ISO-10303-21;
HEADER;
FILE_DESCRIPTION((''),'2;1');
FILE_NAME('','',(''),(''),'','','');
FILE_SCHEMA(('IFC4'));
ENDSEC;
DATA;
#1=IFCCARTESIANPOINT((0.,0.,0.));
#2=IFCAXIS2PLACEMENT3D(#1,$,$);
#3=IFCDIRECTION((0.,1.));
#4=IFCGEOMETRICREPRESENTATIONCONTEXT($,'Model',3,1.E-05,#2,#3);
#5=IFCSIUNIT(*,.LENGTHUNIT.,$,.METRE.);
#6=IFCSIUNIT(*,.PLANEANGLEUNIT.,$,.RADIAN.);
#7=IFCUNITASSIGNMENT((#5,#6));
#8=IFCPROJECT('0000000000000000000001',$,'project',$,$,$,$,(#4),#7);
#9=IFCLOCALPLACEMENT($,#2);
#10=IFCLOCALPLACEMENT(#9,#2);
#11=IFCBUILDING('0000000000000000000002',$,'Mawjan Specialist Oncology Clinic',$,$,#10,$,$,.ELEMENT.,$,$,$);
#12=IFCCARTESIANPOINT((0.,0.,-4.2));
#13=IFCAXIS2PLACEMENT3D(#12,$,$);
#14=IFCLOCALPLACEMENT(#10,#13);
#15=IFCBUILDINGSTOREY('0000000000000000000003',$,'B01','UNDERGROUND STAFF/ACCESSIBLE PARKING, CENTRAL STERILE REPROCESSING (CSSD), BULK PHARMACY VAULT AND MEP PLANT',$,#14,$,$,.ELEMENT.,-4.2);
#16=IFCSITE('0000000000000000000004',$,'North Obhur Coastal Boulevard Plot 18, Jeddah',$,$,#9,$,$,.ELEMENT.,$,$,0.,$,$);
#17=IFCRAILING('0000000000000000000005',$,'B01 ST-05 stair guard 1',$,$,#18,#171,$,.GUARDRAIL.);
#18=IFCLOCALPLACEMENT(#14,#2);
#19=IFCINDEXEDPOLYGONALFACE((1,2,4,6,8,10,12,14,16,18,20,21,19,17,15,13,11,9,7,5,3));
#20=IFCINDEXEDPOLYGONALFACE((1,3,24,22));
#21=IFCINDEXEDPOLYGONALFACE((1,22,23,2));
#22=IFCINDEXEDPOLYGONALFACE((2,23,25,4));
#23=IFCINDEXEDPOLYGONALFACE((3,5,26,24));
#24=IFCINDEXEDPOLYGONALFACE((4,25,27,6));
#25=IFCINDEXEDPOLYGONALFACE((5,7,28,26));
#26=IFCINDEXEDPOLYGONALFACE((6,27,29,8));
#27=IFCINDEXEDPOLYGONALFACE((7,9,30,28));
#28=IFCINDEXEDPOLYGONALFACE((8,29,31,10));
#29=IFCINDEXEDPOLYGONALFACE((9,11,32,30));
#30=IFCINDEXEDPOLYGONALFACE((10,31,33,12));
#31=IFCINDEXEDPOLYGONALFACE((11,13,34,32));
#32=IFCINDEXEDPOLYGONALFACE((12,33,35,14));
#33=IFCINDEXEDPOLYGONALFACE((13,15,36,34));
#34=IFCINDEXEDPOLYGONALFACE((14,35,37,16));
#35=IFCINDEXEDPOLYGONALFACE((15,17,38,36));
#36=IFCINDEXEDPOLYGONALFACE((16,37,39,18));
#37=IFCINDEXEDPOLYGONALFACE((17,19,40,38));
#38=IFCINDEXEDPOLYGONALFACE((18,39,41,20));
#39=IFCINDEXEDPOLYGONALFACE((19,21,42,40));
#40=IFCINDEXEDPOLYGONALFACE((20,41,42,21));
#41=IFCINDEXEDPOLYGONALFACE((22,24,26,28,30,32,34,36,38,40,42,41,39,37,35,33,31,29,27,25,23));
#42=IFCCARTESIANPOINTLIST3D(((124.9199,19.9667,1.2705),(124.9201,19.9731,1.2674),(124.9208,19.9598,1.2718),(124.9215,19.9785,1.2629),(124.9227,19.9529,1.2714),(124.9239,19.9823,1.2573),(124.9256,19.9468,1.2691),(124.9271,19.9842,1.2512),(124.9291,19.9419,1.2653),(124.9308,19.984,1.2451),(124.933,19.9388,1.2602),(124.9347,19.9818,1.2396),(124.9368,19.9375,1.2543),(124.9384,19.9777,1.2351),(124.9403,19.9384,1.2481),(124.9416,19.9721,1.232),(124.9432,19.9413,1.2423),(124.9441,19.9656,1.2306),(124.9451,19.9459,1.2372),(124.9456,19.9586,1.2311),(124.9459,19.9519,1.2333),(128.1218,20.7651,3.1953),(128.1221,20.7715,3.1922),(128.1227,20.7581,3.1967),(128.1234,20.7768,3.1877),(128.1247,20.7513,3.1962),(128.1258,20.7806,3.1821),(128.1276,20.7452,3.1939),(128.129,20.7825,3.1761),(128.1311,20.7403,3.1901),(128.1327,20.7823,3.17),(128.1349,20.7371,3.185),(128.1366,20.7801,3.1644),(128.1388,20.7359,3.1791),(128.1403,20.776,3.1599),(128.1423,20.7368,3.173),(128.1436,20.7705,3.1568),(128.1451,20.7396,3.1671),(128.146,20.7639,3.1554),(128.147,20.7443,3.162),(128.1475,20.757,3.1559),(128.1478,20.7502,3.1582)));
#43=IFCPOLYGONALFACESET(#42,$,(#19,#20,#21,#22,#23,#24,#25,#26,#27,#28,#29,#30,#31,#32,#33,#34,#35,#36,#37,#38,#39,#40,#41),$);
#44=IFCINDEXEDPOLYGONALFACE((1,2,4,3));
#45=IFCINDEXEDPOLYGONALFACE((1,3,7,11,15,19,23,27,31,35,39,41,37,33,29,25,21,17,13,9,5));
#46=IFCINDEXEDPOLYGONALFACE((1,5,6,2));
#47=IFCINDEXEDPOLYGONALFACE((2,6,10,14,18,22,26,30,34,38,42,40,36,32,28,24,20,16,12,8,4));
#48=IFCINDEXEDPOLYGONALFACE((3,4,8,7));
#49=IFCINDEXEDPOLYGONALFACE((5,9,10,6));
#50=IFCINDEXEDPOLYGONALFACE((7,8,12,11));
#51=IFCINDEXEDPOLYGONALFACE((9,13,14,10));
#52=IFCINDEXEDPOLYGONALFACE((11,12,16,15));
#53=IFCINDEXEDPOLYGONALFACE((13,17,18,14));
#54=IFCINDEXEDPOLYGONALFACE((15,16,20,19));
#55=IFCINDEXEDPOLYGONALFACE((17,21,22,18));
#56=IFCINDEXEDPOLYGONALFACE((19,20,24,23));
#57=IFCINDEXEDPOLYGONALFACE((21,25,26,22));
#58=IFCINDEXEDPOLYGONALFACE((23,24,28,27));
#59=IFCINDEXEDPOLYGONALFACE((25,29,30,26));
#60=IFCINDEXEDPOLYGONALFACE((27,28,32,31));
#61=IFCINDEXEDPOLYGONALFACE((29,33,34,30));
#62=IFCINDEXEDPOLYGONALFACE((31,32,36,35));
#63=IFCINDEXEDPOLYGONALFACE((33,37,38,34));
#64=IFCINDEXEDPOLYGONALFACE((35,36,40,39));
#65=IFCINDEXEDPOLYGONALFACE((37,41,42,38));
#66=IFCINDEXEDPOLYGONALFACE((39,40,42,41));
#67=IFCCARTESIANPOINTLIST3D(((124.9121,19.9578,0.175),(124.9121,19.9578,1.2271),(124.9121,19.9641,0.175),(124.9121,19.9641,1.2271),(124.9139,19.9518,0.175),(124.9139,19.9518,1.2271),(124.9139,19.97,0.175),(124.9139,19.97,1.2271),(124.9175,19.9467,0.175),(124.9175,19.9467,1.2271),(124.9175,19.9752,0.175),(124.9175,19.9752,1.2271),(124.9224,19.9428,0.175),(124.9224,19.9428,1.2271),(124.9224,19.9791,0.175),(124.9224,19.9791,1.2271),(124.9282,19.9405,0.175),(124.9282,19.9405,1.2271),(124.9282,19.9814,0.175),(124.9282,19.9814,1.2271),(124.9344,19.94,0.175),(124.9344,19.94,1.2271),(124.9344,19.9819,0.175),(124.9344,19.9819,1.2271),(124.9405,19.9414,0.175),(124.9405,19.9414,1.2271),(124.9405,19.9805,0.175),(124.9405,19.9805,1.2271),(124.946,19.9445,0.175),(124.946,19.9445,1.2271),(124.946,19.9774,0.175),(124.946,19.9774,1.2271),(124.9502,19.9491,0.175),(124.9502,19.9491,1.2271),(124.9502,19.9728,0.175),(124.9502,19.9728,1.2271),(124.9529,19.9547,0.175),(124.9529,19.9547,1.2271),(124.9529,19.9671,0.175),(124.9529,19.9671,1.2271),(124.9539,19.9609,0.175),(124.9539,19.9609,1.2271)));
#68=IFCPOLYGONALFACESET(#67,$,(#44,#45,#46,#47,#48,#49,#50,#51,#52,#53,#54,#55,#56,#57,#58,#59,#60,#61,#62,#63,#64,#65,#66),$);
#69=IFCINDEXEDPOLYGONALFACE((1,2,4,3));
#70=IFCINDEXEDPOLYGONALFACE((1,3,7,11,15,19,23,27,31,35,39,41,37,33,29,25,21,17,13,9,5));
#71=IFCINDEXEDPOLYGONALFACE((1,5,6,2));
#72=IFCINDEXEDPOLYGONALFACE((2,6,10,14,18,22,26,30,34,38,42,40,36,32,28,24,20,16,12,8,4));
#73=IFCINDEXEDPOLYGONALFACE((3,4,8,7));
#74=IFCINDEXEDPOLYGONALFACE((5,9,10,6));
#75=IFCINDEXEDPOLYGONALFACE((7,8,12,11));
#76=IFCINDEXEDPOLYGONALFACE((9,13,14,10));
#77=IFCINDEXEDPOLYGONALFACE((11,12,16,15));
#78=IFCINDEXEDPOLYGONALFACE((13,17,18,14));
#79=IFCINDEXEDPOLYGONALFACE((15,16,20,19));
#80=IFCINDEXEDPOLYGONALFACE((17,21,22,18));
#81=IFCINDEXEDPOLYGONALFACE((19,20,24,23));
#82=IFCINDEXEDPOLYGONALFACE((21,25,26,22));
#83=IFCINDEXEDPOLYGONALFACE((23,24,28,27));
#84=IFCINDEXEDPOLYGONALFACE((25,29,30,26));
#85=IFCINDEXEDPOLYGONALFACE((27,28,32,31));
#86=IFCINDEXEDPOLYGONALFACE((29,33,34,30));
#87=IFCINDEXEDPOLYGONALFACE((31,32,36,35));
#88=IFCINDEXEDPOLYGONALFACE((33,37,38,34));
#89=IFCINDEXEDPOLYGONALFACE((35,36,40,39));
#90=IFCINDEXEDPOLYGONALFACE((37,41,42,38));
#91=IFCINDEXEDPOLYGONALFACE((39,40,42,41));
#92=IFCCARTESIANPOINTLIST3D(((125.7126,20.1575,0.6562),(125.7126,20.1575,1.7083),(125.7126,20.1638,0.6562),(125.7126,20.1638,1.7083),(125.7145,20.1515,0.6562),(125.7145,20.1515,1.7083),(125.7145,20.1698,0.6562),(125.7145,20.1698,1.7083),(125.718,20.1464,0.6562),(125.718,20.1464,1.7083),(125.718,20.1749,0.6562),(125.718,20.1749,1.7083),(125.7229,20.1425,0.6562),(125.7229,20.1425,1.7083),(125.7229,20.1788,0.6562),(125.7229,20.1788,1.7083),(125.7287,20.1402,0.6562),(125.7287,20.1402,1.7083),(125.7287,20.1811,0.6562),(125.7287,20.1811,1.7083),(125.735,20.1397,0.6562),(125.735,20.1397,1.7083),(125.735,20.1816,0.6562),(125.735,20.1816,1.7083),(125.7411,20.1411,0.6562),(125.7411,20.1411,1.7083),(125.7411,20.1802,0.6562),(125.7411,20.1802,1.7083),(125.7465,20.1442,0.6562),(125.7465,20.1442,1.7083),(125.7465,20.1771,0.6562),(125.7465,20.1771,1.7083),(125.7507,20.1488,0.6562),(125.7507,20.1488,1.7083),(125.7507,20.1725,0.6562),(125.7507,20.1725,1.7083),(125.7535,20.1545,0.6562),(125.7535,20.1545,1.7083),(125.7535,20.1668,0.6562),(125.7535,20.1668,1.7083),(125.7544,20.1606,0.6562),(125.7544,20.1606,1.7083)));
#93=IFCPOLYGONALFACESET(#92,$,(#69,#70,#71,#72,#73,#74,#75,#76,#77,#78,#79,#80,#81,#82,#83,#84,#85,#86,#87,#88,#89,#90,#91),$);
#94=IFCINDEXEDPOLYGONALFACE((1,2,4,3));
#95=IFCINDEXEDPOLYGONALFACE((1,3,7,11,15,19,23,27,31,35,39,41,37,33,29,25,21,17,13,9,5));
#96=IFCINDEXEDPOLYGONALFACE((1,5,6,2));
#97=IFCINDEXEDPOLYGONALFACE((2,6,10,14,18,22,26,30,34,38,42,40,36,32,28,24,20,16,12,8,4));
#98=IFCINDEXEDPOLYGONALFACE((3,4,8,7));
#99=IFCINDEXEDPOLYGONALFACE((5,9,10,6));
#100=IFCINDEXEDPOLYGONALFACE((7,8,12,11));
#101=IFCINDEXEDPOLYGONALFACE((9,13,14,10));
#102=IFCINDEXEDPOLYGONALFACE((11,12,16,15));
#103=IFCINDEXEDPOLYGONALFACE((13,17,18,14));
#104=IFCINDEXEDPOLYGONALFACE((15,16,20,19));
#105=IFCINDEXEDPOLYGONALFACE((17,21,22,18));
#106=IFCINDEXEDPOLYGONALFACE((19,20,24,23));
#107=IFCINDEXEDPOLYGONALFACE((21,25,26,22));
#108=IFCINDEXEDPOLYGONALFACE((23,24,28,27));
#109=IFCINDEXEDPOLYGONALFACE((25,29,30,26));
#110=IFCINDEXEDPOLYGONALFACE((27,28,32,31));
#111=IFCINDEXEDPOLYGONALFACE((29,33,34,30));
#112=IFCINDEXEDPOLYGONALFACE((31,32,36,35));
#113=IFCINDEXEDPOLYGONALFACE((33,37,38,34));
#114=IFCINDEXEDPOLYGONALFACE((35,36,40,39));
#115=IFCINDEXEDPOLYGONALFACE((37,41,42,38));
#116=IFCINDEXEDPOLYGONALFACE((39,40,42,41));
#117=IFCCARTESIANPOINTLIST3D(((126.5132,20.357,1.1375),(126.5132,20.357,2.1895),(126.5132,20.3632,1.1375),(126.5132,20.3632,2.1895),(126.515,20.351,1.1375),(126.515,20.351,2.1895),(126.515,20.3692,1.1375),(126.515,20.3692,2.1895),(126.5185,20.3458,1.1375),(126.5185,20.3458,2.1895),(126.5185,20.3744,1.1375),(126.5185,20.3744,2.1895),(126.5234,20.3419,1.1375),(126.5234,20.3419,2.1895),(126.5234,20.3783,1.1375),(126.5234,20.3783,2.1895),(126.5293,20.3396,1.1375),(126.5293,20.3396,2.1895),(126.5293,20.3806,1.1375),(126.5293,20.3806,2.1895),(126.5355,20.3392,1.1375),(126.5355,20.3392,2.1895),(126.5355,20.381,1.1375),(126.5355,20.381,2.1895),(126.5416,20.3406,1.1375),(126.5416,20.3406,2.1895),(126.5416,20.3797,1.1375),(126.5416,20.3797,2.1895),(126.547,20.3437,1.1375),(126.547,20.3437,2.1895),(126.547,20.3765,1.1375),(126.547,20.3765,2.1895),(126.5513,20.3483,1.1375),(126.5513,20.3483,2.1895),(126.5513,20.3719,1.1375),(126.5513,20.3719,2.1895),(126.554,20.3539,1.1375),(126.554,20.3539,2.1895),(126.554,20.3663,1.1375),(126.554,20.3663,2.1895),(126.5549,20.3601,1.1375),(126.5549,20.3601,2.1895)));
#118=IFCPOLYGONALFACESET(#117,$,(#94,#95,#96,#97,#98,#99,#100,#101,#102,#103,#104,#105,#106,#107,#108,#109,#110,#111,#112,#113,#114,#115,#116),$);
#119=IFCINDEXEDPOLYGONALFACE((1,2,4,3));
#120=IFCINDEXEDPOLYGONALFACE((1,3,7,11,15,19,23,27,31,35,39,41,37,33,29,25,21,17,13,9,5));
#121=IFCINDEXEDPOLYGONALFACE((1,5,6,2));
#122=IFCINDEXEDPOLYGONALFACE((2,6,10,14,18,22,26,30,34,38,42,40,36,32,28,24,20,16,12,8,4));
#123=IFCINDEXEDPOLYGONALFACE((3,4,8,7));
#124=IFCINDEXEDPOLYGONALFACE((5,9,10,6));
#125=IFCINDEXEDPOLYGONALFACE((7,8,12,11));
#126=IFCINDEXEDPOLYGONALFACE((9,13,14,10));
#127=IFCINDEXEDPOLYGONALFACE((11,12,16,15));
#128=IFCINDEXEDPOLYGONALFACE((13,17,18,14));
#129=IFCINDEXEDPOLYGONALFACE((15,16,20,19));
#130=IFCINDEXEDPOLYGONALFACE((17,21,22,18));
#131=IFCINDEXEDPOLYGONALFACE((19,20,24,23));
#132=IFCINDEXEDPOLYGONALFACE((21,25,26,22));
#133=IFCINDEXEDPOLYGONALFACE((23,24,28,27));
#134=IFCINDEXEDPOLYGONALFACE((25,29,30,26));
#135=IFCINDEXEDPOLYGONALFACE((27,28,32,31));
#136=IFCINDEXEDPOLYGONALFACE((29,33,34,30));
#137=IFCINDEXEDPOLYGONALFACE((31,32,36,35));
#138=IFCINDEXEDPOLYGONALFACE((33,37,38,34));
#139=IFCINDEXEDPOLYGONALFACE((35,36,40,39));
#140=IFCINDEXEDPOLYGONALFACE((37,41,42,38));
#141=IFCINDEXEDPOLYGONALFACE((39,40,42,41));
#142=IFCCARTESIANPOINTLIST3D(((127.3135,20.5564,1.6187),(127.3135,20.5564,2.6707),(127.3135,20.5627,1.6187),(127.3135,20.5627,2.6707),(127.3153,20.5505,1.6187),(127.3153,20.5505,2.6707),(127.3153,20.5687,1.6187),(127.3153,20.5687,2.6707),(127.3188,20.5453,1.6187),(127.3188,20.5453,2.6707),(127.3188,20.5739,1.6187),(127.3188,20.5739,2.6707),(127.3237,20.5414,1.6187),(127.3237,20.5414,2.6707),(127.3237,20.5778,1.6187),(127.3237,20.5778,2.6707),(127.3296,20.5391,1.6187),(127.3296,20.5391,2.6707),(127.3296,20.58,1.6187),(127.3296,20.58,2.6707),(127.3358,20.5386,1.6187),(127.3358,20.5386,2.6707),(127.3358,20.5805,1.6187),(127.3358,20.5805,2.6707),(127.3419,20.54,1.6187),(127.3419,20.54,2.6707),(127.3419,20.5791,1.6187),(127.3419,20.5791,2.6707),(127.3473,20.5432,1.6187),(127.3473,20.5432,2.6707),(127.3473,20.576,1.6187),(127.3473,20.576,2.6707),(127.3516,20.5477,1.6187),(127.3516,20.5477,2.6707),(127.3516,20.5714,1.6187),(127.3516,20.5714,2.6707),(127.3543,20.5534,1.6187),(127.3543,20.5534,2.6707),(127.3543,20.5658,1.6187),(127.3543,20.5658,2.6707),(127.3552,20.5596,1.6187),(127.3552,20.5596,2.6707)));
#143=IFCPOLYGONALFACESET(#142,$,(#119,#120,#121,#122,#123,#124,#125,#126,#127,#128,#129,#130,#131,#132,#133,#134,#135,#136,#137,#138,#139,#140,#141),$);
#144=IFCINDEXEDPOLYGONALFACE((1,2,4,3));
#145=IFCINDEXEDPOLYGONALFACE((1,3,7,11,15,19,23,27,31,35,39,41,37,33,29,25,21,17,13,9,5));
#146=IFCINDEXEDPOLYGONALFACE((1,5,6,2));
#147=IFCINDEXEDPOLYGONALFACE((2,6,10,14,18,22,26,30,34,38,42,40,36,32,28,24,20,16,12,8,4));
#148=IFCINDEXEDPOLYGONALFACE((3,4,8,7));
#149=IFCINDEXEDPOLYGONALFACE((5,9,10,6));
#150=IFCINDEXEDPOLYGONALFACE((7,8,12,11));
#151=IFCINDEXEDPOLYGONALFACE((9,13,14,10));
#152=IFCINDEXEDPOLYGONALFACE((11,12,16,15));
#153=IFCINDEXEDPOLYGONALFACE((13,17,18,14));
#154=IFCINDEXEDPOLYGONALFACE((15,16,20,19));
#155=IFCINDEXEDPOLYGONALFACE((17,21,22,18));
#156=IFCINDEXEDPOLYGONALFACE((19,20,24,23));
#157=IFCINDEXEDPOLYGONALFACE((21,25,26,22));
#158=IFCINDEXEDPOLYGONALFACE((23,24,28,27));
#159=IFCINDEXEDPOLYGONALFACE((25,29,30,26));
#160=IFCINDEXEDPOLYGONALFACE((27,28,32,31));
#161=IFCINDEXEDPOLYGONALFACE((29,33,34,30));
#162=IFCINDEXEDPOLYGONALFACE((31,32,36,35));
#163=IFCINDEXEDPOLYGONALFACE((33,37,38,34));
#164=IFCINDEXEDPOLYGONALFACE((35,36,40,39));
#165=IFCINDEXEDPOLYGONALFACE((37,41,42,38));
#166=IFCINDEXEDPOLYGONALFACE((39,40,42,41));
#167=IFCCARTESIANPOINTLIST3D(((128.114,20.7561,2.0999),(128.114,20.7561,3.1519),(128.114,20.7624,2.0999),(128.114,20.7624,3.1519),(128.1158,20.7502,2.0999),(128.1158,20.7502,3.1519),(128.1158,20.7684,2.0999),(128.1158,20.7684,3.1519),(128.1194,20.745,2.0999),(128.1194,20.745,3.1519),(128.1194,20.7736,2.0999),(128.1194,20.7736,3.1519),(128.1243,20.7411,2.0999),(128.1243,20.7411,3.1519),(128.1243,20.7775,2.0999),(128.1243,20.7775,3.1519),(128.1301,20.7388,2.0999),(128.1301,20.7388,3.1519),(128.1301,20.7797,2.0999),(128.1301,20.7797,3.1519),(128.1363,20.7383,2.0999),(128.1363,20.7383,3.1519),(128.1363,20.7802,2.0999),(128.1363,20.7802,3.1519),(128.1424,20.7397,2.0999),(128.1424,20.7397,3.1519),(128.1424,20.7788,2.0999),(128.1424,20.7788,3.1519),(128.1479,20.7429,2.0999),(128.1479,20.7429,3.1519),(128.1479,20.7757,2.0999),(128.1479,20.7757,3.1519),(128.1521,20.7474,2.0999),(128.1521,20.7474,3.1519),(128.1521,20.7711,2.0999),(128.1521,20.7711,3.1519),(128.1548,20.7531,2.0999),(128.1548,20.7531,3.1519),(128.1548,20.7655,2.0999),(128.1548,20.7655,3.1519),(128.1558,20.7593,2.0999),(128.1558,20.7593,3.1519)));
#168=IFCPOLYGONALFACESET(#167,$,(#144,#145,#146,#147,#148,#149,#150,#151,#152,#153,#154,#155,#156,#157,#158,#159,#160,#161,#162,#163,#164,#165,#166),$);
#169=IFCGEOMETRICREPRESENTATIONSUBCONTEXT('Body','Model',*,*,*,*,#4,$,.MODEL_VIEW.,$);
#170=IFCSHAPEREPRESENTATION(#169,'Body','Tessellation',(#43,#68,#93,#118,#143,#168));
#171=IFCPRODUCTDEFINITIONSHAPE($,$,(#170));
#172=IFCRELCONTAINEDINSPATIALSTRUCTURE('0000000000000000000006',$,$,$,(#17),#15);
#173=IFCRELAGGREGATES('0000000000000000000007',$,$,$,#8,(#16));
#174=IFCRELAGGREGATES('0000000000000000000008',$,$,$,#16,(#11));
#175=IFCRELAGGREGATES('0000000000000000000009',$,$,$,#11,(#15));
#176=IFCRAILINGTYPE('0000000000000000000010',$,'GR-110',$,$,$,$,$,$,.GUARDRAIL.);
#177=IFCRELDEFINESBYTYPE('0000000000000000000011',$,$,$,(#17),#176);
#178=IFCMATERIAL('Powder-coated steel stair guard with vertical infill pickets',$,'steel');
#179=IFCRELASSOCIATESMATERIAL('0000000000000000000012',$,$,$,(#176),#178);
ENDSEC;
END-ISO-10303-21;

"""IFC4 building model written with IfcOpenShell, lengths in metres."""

from ifc_helpers import new_model, si_unit, direction, frame, origin, origin_2d, place, context, subcontext, project, spatial, circle, extrude, material, type_object, element, save


model = new_model("IFC4")

# Units and contexts
model_context = context("Model", 3, precision=1e-05, world=origin(), true_north=direction((0.0, 1.0)))
body_context = subcontext(model_context, "Body", "Model", "MODEL_VIEW")
ifc_project = project(units=[si_unit("LENGTHUNIT", "METRE"), si_unit("PLANEANGLEUNIT", "RADIAN")], contexts=[model_context])

# Site, building, storey
site_placement = place(None, origin())
site = spatial("IfcSite", under=ifc_project, at=site_placement, Name="North Obhur Coastal Boulevard Plot 18, Jeddah", CompositionType="ELEMENT", RefElevation=0.0)
building_placement = place(site_placement, origin())
building = spatial("IfcBuilding", under=site, at=building_placement, Name="Mawjan Specialist Oncology Clinic", CompositionType="ELEMENT")
storey_placement = place(building_placement, frame((0.0, 0.0, -4.2)))
storey = spatial("IfcBuildingStorey", under=building, at=storey_placement, Name="B01", Description="UNDERGROUND STAFF/ACCESSIBLE PARKING, CENTRAL STERILE REPROCESSING (CSSD), BULK PHARMACY VAULT AND MEP PLANT", CompositionType="ELEMENT", Elevation=-4.2)

# Railing
ifc_material_1 = material(Name="Powder-coated steel stair guard with vertical infill pickets", Category="steel")
railing_type_1 = type_object("IfcRailingType", Name="GR-110", PredefinedType="GUARDRAIL", material=ifc_material_1)
railing_1_placement = place(storey_placement, frame((124.9329, 19.9609, 0.175)))
element("IfcRailing", 1, at=railing_1_placement, inside=storey, type_object=railing_type_1, Name="B01 ST-05 stair guard 1", PredefinedType="GUARDRAIL", context=body_context, shape_type="SweptSolid", body=[
    extrude(circle(Radius=0.0239, at=origin_2d()), frame((0.0, 0.0, 1.0762), z_axis=(0.838137, 0.208975, 0.503841), x_axis=(-0.241926, 0.970295, 0.0)), (0.0, 0.0, 1.0), 3.8203),
    extrude(circle(Radius=0.021, at=origin_2d()), origin(), (0.0, 0.0, 1.0), 1.052),
    extrude(circle(Radius=0.021, at=origin_2d()), frame((0.8005, 0.1997, 0.4812)), (0.0, 0.0, 1.0), 1.052),
    extrude(circle(Radius=0.021, at=origin_2d()), frame((1.6011, 0.3992, 0.9624)), (0.0, 0.0, 1.0), 1.052),
    extrude(circle(Radius=0.021, at=origin_2d()), frame((2.4014, 0.5986, 1.4436)), (0.0, 0.0, 1.0), 1.052),
    extrude(circle(Radius=0.021, at=origin_2d()), frame((3.2019, 0.7983, 1.9248)), (0.0, 0.0, 1.0), 1.052),
])

save(model, "model.ifc")
